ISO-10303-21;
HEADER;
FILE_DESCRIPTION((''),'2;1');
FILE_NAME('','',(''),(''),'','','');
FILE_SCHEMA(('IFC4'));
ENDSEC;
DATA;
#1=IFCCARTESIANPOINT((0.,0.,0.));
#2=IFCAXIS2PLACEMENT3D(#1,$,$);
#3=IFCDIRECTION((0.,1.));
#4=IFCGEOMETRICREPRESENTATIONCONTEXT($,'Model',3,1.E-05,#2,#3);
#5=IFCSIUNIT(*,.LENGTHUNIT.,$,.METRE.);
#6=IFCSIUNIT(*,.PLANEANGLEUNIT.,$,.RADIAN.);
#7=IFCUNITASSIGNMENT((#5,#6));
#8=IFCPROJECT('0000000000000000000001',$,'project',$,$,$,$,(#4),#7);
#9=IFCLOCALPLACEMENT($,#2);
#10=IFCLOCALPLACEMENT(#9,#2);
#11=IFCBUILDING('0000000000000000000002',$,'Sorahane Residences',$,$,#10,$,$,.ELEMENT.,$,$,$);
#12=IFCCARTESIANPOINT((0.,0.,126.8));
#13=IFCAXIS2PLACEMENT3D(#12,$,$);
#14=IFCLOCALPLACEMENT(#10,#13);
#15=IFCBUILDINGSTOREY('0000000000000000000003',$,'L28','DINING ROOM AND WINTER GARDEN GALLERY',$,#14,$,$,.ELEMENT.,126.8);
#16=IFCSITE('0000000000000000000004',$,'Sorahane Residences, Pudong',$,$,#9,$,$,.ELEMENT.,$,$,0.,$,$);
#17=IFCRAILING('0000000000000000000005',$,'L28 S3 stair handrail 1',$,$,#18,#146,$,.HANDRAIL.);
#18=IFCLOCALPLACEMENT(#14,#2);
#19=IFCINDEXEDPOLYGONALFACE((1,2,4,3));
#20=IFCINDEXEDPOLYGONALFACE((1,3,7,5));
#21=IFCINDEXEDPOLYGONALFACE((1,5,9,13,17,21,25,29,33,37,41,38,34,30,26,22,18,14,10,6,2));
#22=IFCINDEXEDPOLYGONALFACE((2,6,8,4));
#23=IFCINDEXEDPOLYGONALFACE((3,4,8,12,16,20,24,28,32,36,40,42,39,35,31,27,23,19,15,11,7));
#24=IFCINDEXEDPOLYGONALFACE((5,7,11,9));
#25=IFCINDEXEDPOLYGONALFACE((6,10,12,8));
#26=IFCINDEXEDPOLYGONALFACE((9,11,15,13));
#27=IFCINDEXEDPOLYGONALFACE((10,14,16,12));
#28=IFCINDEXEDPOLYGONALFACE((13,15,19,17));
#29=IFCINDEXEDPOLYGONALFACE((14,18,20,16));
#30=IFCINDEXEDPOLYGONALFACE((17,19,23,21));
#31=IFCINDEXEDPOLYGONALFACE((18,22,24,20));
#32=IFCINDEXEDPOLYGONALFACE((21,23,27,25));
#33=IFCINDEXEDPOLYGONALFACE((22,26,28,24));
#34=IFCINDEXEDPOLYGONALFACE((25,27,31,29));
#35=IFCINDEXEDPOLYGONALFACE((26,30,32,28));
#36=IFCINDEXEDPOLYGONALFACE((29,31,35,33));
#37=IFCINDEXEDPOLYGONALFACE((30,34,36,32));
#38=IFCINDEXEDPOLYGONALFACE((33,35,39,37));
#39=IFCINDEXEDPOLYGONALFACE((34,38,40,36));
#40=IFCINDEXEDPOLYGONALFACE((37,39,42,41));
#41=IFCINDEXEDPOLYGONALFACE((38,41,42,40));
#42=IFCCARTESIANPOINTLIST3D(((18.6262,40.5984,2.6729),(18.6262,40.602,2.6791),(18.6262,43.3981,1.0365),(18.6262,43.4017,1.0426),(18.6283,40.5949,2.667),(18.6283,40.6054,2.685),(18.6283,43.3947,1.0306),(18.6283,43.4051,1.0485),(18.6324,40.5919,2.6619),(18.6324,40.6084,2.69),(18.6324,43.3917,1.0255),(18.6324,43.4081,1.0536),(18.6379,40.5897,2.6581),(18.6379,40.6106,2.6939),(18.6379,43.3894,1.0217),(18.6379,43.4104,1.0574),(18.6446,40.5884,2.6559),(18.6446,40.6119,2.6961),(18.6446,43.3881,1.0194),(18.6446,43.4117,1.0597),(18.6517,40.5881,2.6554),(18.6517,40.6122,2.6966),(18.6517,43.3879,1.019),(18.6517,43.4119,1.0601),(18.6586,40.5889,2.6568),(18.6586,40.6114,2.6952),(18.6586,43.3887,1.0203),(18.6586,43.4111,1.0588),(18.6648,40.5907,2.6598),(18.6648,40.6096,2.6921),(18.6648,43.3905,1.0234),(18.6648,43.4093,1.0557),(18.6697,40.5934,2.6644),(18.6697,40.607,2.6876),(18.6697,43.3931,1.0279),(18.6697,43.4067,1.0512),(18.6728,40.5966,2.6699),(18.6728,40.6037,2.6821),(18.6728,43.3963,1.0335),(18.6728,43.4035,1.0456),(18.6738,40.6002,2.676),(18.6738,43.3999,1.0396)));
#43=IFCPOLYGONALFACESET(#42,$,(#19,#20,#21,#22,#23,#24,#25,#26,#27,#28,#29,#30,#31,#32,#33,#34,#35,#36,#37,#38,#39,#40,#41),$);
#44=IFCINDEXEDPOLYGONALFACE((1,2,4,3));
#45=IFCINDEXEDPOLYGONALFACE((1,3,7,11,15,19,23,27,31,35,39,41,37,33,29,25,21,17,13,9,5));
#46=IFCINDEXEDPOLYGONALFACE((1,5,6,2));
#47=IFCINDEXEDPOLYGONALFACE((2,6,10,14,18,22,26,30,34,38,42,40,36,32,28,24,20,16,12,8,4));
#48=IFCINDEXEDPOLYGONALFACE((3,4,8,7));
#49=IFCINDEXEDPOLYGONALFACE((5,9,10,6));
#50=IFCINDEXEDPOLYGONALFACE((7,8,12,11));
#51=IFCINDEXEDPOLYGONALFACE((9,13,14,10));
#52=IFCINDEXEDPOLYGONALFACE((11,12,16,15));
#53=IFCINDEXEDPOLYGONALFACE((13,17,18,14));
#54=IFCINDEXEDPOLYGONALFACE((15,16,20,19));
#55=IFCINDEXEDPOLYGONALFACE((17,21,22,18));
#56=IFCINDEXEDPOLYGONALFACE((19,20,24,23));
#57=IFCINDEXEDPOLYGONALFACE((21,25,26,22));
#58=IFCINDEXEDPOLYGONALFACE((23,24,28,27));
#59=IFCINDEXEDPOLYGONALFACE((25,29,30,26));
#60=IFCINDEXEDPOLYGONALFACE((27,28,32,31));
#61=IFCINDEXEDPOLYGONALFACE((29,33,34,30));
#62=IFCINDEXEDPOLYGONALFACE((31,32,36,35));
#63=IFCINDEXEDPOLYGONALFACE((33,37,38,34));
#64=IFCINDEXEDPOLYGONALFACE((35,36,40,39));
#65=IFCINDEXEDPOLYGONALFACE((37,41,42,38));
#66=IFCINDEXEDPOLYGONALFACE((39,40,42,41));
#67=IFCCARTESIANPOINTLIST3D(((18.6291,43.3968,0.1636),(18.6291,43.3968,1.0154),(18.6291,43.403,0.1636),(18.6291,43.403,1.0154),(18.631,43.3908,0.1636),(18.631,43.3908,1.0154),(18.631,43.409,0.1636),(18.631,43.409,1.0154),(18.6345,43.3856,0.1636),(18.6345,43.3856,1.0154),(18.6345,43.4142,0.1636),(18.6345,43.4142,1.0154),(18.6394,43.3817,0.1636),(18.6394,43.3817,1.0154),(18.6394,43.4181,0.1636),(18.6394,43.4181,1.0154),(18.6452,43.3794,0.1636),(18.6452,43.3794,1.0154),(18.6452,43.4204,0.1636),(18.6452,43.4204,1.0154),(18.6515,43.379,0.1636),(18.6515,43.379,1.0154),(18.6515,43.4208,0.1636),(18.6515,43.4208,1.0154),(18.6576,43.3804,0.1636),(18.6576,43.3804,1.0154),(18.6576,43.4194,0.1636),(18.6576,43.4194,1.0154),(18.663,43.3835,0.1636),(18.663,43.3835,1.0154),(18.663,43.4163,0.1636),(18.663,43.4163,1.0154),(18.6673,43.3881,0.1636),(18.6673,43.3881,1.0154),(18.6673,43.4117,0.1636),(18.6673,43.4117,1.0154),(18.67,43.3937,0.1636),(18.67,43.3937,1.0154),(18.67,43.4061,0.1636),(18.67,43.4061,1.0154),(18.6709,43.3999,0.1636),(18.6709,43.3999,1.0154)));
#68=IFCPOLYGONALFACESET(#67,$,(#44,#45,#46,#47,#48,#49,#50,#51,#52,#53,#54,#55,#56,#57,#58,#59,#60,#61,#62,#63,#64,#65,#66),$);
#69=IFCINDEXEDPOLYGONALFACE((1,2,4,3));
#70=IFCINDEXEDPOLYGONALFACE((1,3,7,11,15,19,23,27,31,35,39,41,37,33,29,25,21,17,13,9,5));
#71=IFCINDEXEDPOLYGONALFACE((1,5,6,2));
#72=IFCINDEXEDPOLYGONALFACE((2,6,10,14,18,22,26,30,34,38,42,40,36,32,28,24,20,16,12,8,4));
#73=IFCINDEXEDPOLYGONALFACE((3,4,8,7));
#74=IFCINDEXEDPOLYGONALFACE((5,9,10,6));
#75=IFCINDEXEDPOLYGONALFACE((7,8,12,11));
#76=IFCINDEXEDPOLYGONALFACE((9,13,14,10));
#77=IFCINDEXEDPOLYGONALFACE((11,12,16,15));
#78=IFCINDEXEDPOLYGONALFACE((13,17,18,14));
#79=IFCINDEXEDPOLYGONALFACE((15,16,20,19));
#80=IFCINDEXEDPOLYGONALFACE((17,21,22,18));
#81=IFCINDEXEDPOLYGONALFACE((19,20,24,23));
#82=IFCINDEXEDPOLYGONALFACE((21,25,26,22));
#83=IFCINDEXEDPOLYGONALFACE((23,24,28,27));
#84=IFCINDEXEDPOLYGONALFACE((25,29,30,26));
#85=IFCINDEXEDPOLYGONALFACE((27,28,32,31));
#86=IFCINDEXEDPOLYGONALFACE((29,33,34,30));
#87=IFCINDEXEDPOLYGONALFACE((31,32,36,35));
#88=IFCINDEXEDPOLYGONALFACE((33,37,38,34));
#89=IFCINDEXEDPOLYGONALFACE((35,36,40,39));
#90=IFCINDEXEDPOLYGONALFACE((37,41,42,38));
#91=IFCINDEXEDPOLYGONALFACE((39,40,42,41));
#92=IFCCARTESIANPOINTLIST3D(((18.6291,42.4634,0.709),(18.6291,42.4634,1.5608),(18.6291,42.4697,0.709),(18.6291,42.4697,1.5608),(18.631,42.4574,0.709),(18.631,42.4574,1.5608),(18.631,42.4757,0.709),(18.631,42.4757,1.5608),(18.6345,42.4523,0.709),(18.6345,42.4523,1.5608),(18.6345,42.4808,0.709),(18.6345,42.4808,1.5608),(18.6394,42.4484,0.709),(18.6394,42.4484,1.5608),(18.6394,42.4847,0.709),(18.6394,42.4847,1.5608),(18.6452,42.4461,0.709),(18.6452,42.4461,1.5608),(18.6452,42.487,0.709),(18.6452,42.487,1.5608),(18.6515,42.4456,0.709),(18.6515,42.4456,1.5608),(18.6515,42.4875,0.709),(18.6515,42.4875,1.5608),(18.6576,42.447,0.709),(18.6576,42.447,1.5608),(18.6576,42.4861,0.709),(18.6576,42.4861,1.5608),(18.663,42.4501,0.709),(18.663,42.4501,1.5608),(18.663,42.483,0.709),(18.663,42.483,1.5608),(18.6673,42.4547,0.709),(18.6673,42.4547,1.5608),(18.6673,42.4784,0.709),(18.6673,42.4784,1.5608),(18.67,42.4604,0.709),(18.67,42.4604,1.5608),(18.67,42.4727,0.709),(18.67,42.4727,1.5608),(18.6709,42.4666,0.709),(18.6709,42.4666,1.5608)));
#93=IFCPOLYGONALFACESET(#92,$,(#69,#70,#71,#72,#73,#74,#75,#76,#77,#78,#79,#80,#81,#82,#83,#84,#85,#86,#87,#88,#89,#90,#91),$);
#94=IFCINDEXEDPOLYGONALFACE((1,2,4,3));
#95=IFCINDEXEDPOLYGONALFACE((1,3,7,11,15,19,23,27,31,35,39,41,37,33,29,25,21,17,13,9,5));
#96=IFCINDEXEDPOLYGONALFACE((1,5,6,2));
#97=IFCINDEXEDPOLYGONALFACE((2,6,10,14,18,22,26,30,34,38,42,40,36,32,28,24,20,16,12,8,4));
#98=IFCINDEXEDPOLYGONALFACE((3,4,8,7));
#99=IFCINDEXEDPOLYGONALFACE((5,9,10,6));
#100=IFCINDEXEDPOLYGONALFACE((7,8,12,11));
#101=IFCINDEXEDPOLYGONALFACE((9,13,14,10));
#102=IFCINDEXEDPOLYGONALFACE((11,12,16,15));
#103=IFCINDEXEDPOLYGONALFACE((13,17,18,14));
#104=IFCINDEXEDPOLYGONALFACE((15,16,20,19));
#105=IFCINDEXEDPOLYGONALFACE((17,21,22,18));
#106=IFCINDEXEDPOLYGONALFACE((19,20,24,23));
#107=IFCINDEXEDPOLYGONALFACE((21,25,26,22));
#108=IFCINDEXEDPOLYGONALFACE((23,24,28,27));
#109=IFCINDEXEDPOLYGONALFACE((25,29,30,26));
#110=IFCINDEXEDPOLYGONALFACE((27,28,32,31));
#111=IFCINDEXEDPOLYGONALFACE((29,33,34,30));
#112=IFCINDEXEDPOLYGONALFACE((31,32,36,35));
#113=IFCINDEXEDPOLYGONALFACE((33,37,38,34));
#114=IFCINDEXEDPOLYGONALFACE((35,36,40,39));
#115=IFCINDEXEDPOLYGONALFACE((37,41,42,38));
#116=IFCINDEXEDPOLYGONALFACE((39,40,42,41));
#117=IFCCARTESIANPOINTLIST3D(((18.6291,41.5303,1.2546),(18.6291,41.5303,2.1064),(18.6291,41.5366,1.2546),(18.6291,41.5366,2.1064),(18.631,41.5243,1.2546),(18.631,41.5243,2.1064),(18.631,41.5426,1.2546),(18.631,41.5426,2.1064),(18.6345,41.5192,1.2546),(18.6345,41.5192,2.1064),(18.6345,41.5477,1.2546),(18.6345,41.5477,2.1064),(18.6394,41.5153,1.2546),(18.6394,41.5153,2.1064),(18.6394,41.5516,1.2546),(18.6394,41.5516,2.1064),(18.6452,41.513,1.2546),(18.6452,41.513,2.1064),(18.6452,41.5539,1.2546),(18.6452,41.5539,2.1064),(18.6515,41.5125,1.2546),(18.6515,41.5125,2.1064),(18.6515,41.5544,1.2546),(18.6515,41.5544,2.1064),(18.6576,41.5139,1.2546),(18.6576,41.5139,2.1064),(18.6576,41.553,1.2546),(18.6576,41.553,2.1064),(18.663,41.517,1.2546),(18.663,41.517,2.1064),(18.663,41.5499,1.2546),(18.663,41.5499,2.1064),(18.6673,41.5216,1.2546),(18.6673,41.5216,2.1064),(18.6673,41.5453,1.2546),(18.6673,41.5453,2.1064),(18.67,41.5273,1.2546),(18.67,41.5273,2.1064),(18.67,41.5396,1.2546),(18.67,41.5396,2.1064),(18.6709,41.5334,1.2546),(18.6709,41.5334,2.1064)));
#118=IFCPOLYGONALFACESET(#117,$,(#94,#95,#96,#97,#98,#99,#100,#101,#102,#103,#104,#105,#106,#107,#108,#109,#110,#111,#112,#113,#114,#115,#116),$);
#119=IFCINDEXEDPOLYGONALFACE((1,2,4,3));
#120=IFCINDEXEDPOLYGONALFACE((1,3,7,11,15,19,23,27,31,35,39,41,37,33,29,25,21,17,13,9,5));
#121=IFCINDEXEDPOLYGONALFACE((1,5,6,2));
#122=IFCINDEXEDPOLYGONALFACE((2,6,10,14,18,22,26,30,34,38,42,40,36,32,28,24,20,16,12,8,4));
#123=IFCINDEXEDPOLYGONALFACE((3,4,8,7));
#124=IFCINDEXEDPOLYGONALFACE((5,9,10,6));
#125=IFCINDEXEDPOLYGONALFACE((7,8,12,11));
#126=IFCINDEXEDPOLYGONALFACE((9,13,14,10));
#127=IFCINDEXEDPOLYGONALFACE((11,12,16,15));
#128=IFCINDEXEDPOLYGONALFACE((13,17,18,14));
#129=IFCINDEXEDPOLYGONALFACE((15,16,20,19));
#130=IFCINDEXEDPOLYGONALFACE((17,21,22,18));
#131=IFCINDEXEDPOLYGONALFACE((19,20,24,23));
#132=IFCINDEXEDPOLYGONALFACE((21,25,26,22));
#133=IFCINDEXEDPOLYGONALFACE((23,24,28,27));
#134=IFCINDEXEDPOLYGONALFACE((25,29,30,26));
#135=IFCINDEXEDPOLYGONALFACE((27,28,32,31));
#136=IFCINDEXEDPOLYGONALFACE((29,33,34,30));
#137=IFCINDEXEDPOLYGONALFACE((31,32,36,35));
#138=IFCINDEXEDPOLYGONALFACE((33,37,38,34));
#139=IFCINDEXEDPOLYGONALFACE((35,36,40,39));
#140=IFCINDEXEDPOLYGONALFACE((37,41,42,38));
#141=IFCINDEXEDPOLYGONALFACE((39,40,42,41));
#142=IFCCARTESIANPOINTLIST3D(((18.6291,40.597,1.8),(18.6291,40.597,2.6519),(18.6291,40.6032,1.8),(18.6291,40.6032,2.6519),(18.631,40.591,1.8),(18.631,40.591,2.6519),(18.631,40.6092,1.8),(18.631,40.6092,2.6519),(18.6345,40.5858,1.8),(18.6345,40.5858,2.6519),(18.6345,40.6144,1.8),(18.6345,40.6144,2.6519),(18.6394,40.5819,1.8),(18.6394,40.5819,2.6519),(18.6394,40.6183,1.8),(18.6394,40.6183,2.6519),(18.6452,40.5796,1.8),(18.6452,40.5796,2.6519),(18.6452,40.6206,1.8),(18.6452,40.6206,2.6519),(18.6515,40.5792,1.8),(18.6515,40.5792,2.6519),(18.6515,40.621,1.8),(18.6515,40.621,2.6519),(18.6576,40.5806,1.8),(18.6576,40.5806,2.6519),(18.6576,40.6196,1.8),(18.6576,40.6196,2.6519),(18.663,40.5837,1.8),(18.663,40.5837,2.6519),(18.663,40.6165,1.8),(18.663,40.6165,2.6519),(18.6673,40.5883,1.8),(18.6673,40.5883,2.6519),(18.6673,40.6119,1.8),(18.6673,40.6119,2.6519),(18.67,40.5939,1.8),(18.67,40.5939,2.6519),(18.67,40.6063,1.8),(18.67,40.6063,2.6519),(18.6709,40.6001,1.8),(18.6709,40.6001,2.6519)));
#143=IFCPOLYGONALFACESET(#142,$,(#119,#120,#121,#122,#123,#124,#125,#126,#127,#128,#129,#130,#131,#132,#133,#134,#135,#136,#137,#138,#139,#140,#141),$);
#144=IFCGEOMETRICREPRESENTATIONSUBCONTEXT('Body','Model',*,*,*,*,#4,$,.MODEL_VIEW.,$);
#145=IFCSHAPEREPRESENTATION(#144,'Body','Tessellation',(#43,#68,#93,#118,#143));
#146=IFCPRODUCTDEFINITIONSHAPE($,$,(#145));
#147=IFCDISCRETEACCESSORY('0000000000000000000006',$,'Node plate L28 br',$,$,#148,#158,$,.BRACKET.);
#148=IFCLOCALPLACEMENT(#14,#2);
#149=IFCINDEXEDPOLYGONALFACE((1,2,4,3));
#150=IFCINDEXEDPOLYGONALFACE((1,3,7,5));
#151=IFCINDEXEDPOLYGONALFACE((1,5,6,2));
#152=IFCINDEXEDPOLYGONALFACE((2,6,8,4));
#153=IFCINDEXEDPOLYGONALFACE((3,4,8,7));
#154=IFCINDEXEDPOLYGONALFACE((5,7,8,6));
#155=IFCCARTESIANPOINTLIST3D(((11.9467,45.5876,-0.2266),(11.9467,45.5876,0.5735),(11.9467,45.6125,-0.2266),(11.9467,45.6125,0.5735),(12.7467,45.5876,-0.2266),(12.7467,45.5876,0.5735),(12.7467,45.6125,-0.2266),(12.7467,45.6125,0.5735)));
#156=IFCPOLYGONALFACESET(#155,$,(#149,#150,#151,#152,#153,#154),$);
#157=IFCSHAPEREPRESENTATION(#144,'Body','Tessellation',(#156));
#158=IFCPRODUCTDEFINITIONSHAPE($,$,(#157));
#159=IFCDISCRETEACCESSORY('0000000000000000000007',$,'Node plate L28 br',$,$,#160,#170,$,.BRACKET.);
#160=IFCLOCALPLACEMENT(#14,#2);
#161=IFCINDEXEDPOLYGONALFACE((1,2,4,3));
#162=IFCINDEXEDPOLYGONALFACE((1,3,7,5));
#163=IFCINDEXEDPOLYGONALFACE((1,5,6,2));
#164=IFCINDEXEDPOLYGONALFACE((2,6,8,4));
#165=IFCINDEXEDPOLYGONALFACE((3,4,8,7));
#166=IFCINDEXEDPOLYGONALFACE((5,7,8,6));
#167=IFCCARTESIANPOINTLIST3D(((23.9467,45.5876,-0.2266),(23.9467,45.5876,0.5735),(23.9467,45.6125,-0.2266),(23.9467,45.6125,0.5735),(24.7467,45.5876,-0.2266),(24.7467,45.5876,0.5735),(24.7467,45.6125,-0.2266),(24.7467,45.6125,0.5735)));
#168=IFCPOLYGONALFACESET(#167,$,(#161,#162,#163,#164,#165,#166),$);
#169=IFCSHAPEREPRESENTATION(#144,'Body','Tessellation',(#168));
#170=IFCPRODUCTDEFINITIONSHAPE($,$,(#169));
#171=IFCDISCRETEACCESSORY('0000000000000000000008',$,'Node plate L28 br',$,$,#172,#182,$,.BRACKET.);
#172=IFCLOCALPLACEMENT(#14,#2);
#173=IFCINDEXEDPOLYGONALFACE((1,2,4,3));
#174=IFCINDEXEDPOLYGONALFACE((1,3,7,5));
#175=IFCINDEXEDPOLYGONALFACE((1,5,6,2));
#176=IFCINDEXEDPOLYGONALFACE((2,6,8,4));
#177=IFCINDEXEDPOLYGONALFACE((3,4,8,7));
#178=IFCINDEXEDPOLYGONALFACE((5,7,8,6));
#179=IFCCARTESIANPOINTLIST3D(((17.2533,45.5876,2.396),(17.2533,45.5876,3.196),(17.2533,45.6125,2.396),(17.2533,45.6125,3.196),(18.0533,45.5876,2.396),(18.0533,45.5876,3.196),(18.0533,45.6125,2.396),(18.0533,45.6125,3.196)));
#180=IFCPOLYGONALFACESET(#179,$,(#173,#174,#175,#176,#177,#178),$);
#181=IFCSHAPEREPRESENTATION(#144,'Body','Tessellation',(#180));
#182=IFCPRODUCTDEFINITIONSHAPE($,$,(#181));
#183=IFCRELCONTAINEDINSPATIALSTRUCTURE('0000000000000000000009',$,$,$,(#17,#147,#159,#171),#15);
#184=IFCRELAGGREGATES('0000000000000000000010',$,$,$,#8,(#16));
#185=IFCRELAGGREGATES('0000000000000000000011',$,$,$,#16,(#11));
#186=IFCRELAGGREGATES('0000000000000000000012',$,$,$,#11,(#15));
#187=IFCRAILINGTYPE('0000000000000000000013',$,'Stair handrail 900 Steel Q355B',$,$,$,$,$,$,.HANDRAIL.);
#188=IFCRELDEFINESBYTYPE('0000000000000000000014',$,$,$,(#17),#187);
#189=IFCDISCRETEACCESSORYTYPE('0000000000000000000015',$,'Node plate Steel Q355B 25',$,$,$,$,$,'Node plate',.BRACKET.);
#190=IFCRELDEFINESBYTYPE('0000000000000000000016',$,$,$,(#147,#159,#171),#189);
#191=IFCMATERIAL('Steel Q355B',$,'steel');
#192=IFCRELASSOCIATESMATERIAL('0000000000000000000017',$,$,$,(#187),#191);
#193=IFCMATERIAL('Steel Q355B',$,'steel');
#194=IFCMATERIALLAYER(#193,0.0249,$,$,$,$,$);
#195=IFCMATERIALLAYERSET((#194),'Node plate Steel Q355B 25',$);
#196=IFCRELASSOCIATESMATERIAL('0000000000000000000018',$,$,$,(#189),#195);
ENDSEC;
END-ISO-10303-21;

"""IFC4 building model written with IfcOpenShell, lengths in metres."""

from ifc_helpers import new_model, si_unit, direction, frame, origin, origin_2d, place, context, subcontext, project, spatial, rectangle, circle, extrude, material, layer, layer_set, type_object, element, save


model = new_model("IFC4")

# Units and contexts
model_context = context("Model", 3, precision=1e-05, world=origin(), true_north=direction((0.0, 1.0)))
body_context = subcontext(model_context, "Body", "Model", "MODEL_VIEW")
ifc_project = project(units=[si_unit("LENGTHUNIT", "METRE"), si_unit("PLANEANGLEUNIT", "RADIAN")], contexts=[model_context])

# Site, building, storey
site_placement = place(None, origin())
site = spatial("IfcSite", under=ifc_project, at=site_placement, Name="Sorahane Residences, Pudong", CompositionType="ELEMENT", RefElevation=0.0)
building_placement = place(site_placement, origin())
building = spatial("IfcBuilding", under=site, at=building_placement, Name="Sorahane Residences", CompositionType="ELEMENT")
storey_placement = place(building_placement, frame((0.0, 0.0, 126.8)))
storey = spatial("IfcBuildingStorey", under=building, at=storey_placement, Name="L28", Description="DINING ROOM AND WINTER GARDEN GALLERY", CompositionType="ELEMENT", Elevation=126.8)

# Railing
ifc_material_1 = material(Name="Steel Q355B", Category="steel")
railing_type_1 = type_object("IfcRailingType", Name="Stair handrail 900 Steel Q355B", PredefinedType="HANDRAIL", material=ifc_material_1)
railing_1_placement = place(storey_placement, frame((18.6499, 43.3999, 0.1636)))
element("IfcRailing", 1, at=railing_1_placement, inside=storey, type_object=railing_type_1, Name="L28 S3 stair handrail 1", PredefinedType="HANDRAIL", context=body_context, shape_type="SweptSolid", body=[
    extrude(circle(Radius=0.0239, at=origin_2d()), frame((0.0, 0.0, 0.876), z_axis=(0.0, -0.863342, 0.50462), x_axis=(1.0, 0.0, 0.0)), (0.0, 0.0, 1.0), 3.2429),
    extrude(circle(Radius=0.021, at=origin_2d()), origin(), (0.0, 0.0, 1.0), 0.8518),
    extrude(circle(Radius=0.021, at=origin_2d()), frame((0.0, -0.9333, 0.5454)), (0.0, 0.0, 1.0), 0.8518),
    extrude(circle(Radius=0.021, at=origin_2d()), frame((0.0, -1.8665, 1.0911)), (0.0, 0.0, 1.0), 0.8518),
    extrude(circle(Radius=0.021, at=origin_2d()), frame((0.0, -2.7998, 1.6365)), (0.0, 0.0, 1.0), 0.8518),
])

# Discrete accessories
ifc_material_2 = material(Name="Steel Q355B", Category="steel")
ifc_layer_1 = layer(ifc_material_2, 0.0249)
ifc_layer_set_1 = layer_set([ifc_layer_1], Name="Node plate Steel Q355B 25")
discrete_accessory_type = type_object("IfcDiscreteAccessoryType", Name="Node plate Steel Q355B 25", ElementType="Node plate", PredefinedType="BRACKET", material=ifc_layer_set_1)
for number, where, z_axis, x_axis, name in (
    (2, (12.3467, 45.6001, -0.2266), (0.0, 0.0, 1.0), (1.0, 0.0, 0.0), "Node plate L28 br"),
    (3, (24.3467, 45.6001, -0.2266), (0.0, 0.0, 1.0), (1.0, 0.0, 0.0), "Node plate L28 br"),
    (4, (17.6533, 45.6001, 2.396), (0.0, 0.0, 1.0), (1.0, 0.0, 0.0), "Node plate L28 br"),
):
    element("IfcDiscreteAccessory", number, at=place(storey_placement, frame(where, z_axis=z_axis, x_axis=x_axis)), inside=storey, type_object=discrete_accessory_type, Name=name, PredefinedType="BRACKET", context=body_context, shape_type="SweptSolid", body=[
        extrude(rectangle(XDim=0.8, YDim=0.0249, at=origin_2d()), origin(), (0.0, 0.0, 1.0), 0.8),
    ])

save(model, "model.ifc")
